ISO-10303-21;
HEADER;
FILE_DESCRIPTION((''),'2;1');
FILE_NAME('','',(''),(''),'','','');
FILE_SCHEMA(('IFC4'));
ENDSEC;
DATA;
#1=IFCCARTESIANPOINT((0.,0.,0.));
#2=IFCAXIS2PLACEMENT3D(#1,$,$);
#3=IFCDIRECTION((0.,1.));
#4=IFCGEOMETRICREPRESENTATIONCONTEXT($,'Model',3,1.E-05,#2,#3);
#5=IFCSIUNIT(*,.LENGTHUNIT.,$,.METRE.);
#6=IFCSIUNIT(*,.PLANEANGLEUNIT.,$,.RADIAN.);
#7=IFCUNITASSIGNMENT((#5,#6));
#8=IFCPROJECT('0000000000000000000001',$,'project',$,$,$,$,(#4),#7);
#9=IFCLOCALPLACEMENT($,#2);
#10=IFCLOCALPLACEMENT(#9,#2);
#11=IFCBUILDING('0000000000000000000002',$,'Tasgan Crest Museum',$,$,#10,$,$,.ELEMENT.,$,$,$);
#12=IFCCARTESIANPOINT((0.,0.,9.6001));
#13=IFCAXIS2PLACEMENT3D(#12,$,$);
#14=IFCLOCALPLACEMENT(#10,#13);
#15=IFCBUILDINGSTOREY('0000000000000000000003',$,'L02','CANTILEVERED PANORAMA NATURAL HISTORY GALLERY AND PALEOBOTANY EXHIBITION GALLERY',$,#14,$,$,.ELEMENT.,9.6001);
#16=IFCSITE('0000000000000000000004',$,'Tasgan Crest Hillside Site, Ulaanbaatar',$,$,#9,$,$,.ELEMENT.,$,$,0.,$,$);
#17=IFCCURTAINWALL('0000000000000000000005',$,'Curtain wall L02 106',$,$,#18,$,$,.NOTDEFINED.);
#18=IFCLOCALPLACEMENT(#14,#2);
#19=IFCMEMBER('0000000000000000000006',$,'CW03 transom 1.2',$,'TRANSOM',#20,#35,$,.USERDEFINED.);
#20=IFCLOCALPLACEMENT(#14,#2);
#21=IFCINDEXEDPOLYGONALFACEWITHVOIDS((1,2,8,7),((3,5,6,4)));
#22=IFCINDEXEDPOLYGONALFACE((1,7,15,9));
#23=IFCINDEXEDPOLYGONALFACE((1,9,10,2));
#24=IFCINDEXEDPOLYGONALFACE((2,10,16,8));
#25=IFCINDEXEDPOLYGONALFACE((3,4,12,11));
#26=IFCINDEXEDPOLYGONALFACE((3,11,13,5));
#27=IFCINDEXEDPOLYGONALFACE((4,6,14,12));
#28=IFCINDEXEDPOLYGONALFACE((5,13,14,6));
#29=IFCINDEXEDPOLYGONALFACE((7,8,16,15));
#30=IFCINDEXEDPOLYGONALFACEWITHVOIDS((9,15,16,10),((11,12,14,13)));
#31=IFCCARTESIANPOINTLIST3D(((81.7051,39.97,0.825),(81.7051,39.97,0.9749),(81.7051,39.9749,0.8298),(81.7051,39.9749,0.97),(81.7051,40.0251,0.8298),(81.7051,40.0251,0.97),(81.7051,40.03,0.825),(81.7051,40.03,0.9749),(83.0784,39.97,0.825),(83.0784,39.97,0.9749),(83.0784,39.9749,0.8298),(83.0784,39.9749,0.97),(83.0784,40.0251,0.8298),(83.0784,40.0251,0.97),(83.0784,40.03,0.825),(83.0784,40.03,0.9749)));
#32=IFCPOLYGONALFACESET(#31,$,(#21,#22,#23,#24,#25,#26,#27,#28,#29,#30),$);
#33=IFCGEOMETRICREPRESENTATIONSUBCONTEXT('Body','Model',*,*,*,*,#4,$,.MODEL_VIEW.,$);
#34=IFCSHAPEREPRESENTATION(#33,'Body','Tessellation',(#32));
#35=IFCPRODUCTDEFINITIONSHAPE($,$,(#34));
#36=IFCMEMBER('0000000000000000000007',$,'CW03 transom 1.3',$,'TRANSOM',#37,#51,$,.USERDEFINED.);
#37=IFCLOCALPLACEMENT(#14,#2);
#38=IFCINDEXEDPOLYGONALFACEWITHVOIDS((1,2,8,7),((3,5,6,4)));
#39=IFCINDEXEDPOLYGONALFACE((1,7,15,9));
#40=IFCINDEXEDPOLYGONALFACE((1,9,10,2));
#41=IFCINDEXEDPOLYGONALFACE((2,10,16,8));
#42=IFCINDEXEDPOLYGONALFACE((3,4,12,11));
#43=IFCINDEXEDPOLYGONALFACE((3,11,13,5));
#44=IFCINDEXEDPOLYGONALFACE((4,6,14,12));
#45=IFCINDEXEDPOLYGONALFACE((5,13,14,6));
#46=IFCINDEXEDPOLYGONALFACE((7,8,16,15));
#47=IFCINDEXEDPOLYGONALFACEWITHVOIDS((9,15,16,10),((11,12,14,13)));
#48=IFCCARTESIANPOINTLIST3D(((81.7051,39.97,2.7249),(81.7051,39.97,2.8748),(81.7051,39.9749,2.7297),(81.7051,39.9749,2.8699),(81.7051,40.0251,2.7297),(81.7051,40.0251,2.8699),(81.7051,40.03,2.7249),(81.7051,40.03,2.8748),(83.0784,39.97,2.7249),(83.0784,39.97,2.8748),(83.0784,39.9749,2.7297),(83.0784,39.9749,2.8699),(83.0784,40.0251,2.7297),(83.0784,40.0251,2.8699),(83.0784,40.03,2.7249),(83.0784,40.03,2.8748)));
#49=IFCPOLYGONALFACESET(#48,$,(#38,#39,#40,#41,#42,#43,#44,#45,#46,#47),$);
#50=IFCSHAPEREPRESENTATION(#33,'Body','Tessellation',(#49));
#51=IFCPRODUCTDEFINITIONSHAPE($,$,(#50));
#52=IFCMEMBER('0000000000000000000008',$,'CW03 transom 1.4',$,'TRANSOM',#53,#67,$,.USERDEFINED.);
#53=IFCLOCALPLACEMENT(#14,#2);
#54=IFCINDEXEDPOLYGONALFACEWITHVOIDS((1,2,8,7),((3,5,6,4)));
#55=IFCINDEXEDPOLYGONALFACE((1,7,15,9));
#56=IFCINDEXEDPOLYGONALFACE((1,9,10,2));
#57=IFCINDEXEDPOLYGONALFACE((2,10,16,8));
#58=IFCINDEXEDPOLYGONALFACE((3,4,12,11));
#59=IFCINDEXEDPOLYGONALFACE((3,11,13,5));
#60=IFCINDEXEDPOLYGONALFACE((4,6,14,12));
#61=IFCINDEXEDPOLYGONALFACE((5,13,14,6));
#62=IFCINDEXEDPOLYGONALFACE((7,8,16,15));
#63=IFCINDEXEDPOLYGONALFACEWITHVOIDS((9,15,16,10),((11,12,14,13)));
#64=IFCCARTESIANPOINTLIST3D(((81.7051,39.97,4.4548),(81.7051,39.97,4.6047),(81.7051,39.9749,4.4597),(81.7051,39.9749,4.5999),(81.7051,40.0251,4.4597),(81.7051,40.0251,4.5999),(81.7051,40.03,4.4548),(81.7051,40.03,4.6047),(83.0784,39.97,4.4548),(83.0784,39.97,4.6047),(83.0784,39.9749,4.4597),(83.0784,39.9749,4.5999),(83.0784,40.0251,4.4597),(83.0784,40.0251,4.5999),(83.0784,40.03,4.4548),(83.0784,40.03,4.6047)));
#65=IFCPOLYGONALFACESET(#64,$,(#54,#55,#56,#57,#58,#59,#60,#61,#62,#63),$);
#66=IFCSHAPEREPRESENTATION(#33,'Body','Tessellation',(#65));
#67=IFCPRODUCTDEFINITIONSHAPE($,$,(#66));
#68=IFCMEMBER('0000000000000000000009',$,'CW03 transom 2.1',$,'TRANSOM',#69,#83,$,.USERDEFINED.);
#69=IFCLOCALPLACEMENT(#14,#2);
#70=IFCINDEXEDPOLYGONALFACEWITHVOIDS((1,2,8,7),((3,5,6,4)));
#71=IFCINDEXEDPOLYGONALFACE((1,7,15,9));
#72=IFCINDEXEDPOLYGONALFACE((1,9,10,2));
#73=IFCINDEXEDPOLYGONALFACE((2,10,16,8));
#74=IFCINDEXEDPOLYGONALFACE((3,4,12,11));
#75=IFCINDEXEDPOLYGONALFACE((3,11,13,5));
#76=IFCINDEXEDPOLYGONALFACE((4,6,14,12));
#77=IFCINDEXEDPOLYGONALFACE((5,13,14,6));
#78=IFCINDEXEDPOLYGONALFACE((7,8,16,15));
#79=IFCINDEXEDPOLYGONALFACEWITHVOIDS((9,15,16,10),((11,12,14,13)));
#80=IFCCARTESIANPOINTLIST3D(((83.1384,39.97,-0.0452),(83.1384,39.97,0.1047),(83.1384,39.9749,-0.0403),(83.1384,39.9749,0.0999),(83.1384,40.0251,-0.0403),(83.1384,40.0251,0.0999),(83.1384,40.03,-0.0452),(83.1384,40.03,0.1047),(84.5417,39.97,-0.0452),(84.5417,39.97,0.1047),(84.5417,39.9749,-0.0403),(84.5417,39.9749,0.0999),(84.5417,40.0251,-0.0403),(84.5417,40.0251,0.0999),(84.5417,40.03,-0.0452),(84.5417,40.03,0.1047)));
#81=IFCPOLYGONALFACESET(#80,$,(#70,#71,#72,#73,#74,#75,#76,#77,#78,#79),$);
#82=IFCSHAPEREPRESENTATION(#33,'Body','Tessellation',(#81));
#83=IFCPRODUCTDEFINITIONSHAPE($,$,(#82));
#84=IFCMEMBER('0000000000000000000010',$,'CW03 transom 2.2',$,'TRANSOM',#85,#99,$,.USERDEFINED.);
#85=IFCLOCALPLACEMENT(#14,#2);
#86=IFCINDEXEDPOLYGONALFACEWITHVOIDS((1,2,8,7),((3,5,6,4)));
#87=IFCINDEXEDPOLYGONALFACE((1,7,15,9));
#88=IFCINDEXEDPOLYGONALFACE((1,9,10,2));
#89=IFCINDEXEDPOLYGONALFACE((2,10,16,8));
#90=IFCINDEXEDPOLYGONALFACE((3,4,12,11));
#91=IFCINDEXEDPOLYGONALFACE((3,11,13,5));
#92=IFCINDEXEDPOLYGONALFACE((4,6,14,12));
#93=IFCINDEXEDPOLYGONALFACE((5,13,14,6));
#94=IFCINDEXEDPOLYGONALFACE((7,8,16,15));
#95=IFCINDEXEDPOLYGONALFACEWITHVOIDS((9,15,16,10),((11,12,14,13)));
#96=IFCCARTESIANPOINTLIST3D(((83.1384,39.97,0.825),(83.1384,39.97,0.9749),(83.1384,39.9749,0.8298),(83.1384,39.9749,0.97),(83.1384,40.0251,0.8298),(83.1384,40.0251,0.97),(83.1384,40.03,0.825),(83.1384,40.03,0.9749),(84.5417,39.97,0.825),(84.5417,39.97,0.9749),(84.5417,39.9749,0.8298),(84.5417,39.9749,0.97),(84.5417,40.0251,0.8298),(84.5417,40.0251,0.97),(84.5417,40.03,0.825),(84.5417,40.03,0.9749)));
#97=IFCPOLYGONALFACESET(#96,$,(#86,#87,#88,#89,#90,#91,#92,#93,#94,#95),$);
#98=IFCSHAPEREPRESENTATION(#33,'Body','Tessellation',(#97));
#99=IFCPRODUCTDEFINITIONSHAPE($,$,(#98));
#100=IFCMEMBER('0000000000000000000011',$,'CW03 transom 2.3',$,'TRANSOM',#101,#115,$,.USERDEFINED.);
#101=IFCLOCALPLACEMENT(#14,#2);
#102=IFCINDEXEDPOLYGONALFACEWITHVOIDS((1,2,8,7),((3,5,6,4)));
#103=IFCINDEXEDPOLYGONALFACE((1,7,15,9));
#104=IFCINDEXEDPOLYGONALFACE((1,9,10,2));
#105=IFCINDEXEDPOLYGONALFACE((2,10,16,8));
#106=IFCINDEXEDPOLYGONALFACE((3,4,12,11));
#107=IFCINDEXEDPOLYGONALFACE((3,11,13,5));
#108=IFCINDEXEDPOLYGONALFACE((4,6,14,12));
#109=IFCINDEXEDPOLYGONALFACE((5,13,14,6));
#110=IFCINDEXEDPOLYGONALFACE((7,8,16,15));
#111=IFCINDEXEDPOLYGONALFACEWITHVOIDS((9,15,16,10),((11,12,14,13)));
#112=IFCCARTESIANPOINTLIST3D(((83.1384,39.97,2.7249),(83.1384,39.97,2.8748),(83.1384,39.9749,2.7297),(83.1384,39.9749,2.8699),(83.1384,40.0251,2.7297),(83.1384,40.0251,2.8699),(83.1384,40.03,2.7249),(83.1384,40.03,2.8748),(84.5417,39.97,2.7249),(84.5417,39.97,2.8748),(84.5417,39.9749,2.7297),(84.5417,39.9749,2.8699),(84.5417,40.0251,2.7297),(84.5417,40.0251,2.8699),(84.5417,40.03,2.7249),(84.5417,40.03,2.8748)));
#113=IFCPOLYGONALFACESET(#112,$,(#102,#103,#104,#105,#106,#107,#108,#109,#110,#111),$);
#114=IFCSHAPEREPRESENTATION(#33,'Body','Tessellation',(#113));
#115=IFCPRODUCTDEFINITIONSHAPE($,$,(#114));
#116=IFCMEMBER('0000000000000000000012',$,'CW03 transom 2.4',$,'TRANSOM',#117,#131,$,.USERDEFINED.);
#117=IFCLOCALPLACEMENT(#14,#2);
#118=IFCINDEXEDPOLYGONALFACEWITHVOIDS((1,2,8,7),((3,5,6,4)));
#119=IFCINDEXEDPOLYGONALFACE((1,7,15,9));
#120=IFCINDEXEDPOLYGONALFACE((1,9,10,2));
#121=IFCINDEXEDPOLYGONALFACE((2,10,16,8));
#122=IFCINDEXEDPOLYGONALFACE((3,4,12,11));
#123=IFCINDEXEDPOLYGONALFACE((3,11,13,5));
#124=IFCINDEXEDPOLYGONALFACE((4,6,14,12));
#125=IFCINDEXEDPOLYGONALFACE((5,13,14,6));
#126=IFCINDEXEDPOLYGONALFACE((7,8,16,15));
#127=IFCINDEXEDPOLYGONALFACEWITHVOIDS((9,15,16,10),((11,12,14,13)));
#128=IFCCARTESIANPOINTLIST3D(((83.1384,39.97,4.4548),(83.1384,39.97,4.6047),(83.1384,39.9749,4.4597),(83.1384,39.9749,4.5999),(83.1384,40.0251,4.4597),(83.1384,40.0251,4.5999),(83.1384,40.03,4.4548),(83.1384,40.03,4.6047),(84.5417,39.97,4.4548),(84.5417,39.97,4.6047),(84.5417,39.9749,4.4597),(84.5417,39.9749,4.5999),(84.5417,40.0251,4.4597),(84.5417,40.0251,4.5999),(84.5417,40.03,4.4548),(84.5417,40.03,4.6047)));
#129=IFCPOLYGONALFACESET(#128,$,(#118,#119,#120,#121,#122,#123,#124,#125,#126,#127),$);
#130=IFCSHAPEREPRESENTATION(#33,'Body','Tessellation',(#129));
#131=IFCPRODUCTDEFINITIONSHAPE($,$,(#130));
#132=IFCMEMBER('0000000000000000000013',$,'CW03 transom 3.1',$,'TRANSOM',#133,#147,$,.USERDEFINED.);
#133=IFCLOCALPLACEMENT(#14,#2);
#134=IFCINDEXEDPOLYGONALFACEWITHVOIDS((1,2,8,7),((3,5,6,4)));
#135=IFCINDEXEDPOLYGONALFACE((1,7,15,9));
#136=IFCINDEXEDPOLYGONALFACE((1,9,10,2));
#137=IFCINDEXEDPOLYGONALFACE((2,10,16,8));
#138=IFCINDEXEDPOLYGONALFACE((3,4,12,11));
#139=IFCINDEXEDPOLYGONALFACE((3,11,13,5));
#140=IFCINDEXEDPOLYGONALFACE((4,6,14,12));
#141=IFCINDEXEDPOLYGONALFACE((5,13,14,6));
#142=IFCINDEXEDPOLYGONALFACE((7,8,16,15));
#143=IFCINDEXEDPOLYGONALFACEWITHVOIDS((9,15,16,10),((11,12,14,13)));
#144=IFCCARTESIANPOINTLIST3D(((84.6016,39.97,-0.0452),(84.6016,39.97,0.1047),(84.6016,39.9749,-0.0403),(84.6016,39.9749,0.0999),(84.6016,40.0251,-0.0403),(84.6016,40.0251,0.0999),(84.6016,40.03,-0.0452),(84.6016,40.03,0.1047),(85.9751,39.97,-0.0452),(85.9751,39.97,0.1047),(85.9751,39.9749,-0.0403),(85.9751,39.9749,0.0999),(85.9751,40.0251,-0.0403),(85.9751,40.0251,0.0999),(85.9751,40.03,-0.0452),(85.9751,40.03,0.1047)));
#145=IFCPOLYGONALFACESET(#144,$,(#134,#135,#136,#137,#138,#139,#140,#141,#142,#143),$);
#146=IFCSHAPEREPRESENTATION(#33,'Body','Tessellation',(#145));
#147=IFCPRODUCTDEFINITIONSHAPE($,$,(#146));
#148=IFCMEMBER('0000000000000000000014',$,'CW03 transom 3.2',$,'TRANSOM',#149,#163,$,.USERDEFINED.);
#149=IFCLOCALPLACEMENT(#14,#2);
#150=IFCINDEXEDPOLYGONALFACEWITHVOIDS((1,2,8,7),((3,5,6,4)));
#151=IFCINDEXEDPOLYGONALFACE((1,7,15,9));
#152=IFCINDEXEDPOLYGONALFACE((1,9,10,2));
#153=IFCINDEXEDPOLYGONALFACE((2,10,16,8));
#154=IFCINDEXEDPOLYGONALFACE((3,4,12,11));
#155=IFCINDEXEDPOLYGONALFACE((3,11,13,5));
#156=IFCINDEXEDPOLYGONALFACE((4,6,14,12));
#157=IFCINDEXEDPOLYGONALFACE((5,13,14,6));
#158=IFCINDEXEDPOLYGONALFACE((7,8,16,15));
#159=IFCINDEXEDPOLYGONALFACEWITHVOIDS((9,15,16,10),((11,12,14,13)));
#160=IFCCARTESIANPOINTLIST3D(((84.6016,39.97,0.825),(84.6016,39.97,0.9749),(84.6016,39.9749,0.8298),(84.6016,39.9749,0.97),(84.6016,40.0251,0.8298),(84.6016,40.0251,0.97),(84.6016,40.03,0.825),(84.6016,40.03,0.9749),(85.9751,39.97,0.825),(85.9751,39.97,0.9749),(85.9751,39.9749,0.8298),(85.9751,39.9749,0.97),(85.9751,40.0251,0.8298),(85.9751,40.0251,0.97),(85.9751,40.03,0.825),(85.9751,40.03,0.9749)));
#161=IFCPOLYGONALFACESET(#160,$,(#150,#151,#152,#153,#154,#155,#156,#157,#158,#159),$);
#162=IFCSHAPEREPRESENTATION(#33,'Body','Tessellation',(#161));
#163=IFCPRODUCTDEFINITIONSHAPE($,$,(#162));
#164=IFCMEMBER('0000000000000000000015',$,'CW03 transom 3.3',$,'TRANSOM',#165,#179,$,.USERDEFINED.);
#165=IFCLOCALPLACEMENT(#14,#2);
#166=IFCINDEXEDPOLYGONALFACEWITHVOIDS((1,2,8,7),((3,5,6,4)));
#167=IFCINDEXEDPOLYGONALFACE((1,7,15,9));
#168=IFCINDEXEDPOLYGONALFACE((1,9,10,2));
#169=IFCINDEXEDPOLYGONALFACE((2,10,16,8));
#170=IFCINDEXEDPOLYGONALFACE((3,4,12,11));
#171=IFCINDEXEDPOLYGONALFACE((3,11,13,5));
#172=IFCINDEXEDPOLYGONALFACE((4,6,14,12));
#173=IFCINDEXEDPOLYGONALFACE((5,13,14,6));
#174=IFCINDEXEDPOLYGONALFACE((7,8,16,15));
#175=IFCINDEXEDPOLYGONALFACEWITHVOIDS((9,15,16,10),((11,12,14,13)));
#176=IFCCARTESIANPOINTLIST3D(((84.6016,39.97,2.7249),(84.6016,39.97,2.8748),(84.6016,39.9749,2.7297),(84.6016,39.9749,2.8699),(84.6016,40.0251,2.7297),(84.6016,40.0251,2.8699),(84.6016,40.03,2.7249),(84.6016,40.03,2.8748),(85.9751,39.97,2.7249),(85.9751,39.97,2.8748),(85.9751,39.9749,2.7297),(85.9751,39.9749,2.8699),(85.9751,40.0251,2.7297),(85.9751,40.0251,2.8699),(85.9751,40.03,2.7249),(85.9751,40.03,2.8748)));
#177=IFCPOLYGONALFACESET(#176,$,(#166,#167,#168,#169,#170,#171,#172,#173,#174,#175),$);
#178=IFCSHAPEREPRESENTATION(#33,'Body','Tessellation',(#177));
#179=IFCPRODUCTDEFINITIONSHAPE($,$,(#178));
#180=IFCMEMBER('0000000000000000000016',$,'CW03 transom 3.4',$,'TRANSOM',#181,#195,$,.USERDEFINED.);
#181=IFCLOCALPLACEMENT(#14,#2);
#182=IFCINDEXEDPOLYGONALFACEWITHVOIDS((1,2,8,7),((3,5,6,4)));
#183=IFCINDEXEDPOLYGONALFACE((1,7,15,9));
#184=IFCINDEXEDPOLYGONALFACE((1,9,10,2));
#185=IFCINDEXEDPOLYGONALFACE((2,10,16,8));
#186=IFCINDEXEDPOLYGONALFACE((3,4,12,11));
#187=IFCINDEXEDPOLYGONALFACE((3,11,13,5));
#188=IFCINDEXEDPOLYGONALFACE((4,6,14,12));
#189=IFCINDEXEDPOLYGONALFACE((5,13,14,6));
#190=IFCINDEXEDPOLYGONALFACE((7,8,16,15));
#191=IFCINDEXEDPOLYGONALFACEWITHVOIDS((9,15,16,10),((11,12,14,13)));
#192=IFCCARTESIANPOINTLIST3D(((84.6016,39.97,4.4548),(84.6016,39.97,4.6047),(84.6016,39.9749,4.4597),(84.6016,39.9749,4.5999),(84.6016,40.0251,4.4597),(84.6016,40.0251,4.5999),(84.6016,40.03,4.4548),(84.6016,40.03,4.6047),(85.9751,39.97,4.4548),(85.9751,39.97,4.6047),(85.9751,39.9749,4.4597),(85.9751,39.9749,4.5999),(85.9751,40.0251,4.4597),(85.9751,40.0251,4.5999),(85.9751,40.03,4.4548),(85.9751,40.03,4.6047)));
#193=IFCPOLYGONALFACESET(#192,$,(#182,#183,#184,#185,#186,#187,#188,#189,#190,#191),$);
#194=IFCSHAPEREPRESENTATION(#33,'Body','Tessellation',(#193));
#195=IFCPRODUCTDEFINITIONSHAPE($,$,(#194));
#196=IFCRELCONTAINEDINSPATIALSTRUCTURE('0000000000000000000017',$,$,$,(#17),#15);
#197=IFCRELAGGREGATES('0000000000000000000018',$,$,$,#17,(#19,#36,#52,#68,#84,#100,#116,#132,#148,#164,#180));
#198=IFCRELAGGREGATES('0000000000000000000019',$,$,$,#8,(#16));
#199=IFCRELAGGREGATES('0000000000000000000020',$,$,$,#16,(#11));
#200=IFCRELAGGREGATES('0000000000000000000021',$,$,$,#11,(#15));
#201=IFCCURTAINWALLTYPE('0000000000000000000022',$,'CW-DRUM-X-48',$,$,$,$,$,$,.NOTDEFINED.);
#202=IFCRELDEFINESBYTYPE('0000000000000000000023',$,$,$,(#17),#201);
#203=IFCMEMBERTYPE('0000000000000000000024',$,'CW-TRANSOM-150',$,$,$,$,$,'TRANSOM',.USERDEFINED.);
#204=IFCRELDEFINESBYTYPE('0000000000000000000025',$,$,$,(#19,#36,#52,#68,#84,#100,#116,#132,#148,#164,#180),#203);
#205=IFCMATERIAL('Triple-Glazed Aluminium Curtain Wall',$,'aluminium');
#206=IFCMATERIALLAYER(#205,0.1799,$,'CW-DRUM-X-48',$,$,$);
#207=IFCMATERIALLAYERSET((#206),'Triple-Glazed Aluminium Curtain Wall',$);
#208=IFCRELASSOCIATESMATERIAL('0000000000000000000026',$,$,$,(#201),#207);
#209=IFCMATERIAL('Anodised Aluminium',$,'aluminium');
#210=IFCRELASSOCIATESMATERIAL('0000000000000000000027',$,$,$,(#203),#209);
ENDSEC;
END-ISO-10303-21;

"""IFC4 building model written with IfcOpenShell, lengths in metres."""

from ifc_helpers import new_model, si_unit, direction, frame, origin, origin_2d, place, context, subcontext, project, spatial, hollow_rectangle, extrude, material, layer, layer_set, material_profile, profile_set, type_object, element, aggregate, save


model = new_model("IFC4")

# Units and contexts
model_context = context("Model", 3, precision=1e-05, world=origin(), true_north=direction((0.0, 1.0)))
body_context = subcontext(model_context, "Body", "Model", "MODEL_VIEW")
ifc_project = project(units=[si_unit("LENGTHUNIT", "METRE"), si_unit("PLANEANGLEUNIT", "RADIAN")], contexts=[model_context])

# Site, building, storey
site_placement = place(None, origin())
site = spatial("IfcSite", under=ifc_project, at=site_placement, Name="Tasgan Crest Hillside Site, Ulaanbaatar", CompositionType="ELEMENT", RefElevation=0.0)
building_placement = place(site_placement, origin())
building = spatial("IfcBuilding", under=site, at=building_placement, Name="Tasgan Crest Museum", CompositionType="ELEMENT")
storey_placement = place(building_placement, frame((0.0, 0.0, 9.6001)))
storey = spatial("IfcBuildingStorey", under=building, at=storey_placement, Name="L02", Description="CANTILEVERED PANORAMA NATURAL HISTORY GALLERY AND PALEOBOTANY EXHIBITION GALLERY", CompositionType="ELEMENT", Elevation=9.6001)

# Curtain wall
ifc_material_1 = material(Name="Triple-Glazed Aluminium Curtain Wall", Category="aluminium")
ifc_layer_1 = layer(ifc_material_1, 0.1799, Name="CW-DRUM-X-48")
ifc_layer_set_1 = layer_set([ifc_layer_1], Name="Triple-Glazed Aluminium Curtain Wall")
curtain_wall_type = type_object("IfcCurtainWallType", Name="CW-DRUM-X-48", PredefinedType="NOTDEFINED", material=ifc_layer_set_1)
curtain_wall_1_placement = place(storey_placement, origin())
curtain_wall_1 = element("IfcCurtainWall", 1, at=curtain_wall_1_placement, inside=storey, type_object=curtain_wall_type, Name="Curtain wall L02 106", PredefinedType="NOTDEFINED")

# Members
ifc_material_2 = material(Name="Anodised Aluminium", Category="aluminium")
ifc_material_profile_1 = material_profile(ifc_material_2, hollow_rectangle(XDim=0.0601, YDim=0.1499, WallThickness=0.0049, at=origin_2d()), Name="ALU TRANSOM 150x60x5")
ifc_profile_set_1 = profile_set([ifc_material_profile_1], Name="Anodised Aluminium")
member_type_1 = type_object("IfcMemberType", Name="CW-TRANSOM-150", ElementType="TRANSOM", PredefinedType="USERDEFINED", material=ifc_profile_set_1)
member_1_placement = place(storey_placement, frame((81.7051, 40.0, 0.8999), z_axis=(1.0, 0.0, 0.0), x_axis=(0.0, 1.0, 0.0)))
member_1 = element("IfcMember", 2, at=member_1_placement, type_object=member_type_1, Name="CW03 transom 1.2", ObjectType="TRANSOM", PredefinedType="USERDEFINED", context=body_context, shape_type="SweptSolid", body=[
    extrude(hollow_rectangle(XDim=0.0601, YDim=0.1499, WallThickness=0.0049, at=origin_2d()), origin(), (0.0, 0.0, 1.0), 1.3733),
])
member_2_placement = place(storey_placement, frame((81.7051, 40.0, 2.7998), z_axis=(1.0, 0.0, 0.0), x_axis=(0.0, 1.0, 0.0)))
member_2 = element("IfcMember", 3, at=member_2_placement, type_object=member_type_1, Name="CW03 transom 1.3", ObjectType="TRANSOM", PredefinedType="USERDEFINED", context=body_context, shape_type="SweptSolid", body=[
    extrude(hollow_rectangle(XDim=0.0601, YDim=0.1499, WallThickness=0.0049, at=origin_2d()), origin(), (0.0, 0.0, 1.0), 1.3733),
])
member_3_placement = place(storey_placement, frame((81.7051, 40.0, 4.5298), z_axis=(1.0, 0.0, 0.0), x_axis=(0.0, 1.0, 0.0)))
member_3 = element("IfcMember", 4, at=member_3_placement, type_object=member_type_1, Name="CW03 transom 1.4", ObjectType="TRANSOM", PredefinedType="USERDEFINED", context=body_context, shape_type="SweptSolid", body=[
    extrude(hollow_rectangle(XDim=0.0601, YDim=0.1499, WallThickness=0.0049, at=origin_2d()), origin(), (0.0, 0.0, 1.0), 1.3733),
])
member_4_placement = place(storey_placement, frame((83.1384, 40.0, 0.0298), z_axis=(1.0, 0.0, 0.0), x_axis=(0.0, 1.0, 0.0)))
member_4 = element("IfcMember", 5, at=member_4_placement, type_object=member_type_1, Name="CW03 transom 2.1", ObjectType="TRANSOM", PredefinedType="USERDEFINED", context=body_context, shape_type="SweptSolid", body=[
    extrude(hollow_rectangle(XDim=0.0601, YDim=0.1499, WallThickness=0.0049, at=origin_2d()), origin(), (0.0, 0.0, 1.0), 1.4033),
])
member_5_placement = place(storey_placement, frame((83.1384, 40.0, 0.8999), z_axis=(1.0, 0.0, 0.0), x_axis=(0.0, 1.0, 0.0)))
member_5 = element("IfcMember", 6, at=member_5_placement, type_object=member_type_1, Name="CW03 transom 2.2", ObjectType="TRANSOM", PredefinedType="USERDEFINED", context=body_context, shape_type="SweptSolid", body=[
    extrude(hollow_rectangle(XDim=0.0601, YDim=0.1499, WallThickness=0.0049, at=origin_2d()), origin(), (0.0, 0.0, 1.0), 1.4033),
])
member_6_placement = place(storey_placement, frame((83.1384, 40.0, 2.7998), z_axis=(1.0, 0.0, 0.0), x_axis=(0.0, 1.0, 0.0)))
member_6 = element("IfcMember", 7, at=member_6_placement, type_object=member_type_1, Name="CW03 transom 2.3", ObjectType="TRANSOM", PredefinedType="USERDEFINED", context=body_context, shape_type="SweptSolid", body=[
    extrude(hollow_rectangle(XDim=0.0601, YDim=0.1499, WallThickness=0.0049, at=origin_2d()), origin(), (0.0, 0.0, 1.0), 1.4033),
])
member_7_placement = place(storey_placement, frame((83.1384, 40.0, 4.5298), z_axis=(1.0, 0.0, 0.0), x_axis=(0.0, 1.0, 0.0)))
member_7 = element("IfcMember", 8, at=member_7_placement, type_object=member_type_1, Name="CW03 transom 2.4", ObjectType="TRANSOM", PredefinedType="USERDEFINED", context=body_context, shape_type="SweptSolid", body=[
    extrude(hollow_rectangle(XDim=0.0601, YDim=0.1499, WallThickness=0.0049, at=origin_2d()), origin(), (0.0, 0.0, 1.0), 1.4033),
])
member_8_placement = place(storey_placement, frame((84.6016, 40.0, 0.0298), z_axis=(1.0, 0.0, 0.0), x_axis=(0.0, 1.0, 0.0)))
member_8 = element("IfcMember", 9, at=member_8_placement, type_object=member_type_1, Name="CW03 transom 3.1", ObjectType="TRANSOM", PredefinedType="USERDEFINED", context=body_context, shape_type="SweptSolid", body=[
    extrude(hollow_rectangle(XDim=0.0601, YDim=0.1499, WallThickness=0.0049, at=origin_2d()), origin(), (0.0, 0.0, 1.0), 1.3735),
])
member_9_placement = place(storey_placement, frame((84.6016, 40.0, 0.8999), z_axis=(1.0, 0.0, 0.0), x_axis=(0.0, 1.0, 0.0)))
member_9 = element("IfcMember", 10, at=member_9_placement, type_object=member_type_1, Name="CW03 transom 3.2", ObjectType="TRANSOM", PredefinedType="USERDEFINED", context=body_context, shape_type="SweptSolid", body=[
    extrude(hollow_rectangle(XDim=0.0601, YDim=0.1499, WallThickness=0.0049, at=origin_2d()), origin(), (0.0, 0.0, 1.0), 1.3735),
])
member_10_placement = place(storey_placement, frame((84.6016, 40.0, 2.7998), z_axis=(1.0, 0.0, 0.0), x_axis=(0.0, 1.0, 0.0)))
member_10 = element("IfcMember", 11, at=member_10_placement, type_object=member_type_1, Name="CW03 transom 3.3", ObjectType="TRANSOM", PredefinedType="USERDEFINED", context=body_context, shape_type="SweptSolid", body=[
    extrude(hollow_rectangle(XDim=0.0601, YDim=0.1499, WallThickness=0.0049, at=origin_2d()), origin(), (0.0, 0.0, 1.0), 1.3735),
])
member_11_placement = place(storey_placement, frame((84.6016, 40.0, 4.5298), z_axis=(1.0, 0.0, 0.0), x_axis=(0.0, 1.0, 0.0)))
member_11 = element("IfcMember", 12, at=member_11_placement, type_object=member_type_1, Name="CW03 transom 3.4", ObjectType="TRANSOM", PredefinedType="USERDEFINED", context=body_context, shape_type="SweptSolid", body=[
    extrude(hollow_rectangle(XDim=0.0601, YDim=0.1499, WallThickness=0.0049, at=origin_2d()), origin(), (0.0, 0.0, 1.0), 1.3735),
])

aggregate(curtain_wall_1, [member_1, member_2, member_3, member_4, member_5, member_6, member_7, member_8, member_9, member_10, member_11])

save(model, "model.ifc")
